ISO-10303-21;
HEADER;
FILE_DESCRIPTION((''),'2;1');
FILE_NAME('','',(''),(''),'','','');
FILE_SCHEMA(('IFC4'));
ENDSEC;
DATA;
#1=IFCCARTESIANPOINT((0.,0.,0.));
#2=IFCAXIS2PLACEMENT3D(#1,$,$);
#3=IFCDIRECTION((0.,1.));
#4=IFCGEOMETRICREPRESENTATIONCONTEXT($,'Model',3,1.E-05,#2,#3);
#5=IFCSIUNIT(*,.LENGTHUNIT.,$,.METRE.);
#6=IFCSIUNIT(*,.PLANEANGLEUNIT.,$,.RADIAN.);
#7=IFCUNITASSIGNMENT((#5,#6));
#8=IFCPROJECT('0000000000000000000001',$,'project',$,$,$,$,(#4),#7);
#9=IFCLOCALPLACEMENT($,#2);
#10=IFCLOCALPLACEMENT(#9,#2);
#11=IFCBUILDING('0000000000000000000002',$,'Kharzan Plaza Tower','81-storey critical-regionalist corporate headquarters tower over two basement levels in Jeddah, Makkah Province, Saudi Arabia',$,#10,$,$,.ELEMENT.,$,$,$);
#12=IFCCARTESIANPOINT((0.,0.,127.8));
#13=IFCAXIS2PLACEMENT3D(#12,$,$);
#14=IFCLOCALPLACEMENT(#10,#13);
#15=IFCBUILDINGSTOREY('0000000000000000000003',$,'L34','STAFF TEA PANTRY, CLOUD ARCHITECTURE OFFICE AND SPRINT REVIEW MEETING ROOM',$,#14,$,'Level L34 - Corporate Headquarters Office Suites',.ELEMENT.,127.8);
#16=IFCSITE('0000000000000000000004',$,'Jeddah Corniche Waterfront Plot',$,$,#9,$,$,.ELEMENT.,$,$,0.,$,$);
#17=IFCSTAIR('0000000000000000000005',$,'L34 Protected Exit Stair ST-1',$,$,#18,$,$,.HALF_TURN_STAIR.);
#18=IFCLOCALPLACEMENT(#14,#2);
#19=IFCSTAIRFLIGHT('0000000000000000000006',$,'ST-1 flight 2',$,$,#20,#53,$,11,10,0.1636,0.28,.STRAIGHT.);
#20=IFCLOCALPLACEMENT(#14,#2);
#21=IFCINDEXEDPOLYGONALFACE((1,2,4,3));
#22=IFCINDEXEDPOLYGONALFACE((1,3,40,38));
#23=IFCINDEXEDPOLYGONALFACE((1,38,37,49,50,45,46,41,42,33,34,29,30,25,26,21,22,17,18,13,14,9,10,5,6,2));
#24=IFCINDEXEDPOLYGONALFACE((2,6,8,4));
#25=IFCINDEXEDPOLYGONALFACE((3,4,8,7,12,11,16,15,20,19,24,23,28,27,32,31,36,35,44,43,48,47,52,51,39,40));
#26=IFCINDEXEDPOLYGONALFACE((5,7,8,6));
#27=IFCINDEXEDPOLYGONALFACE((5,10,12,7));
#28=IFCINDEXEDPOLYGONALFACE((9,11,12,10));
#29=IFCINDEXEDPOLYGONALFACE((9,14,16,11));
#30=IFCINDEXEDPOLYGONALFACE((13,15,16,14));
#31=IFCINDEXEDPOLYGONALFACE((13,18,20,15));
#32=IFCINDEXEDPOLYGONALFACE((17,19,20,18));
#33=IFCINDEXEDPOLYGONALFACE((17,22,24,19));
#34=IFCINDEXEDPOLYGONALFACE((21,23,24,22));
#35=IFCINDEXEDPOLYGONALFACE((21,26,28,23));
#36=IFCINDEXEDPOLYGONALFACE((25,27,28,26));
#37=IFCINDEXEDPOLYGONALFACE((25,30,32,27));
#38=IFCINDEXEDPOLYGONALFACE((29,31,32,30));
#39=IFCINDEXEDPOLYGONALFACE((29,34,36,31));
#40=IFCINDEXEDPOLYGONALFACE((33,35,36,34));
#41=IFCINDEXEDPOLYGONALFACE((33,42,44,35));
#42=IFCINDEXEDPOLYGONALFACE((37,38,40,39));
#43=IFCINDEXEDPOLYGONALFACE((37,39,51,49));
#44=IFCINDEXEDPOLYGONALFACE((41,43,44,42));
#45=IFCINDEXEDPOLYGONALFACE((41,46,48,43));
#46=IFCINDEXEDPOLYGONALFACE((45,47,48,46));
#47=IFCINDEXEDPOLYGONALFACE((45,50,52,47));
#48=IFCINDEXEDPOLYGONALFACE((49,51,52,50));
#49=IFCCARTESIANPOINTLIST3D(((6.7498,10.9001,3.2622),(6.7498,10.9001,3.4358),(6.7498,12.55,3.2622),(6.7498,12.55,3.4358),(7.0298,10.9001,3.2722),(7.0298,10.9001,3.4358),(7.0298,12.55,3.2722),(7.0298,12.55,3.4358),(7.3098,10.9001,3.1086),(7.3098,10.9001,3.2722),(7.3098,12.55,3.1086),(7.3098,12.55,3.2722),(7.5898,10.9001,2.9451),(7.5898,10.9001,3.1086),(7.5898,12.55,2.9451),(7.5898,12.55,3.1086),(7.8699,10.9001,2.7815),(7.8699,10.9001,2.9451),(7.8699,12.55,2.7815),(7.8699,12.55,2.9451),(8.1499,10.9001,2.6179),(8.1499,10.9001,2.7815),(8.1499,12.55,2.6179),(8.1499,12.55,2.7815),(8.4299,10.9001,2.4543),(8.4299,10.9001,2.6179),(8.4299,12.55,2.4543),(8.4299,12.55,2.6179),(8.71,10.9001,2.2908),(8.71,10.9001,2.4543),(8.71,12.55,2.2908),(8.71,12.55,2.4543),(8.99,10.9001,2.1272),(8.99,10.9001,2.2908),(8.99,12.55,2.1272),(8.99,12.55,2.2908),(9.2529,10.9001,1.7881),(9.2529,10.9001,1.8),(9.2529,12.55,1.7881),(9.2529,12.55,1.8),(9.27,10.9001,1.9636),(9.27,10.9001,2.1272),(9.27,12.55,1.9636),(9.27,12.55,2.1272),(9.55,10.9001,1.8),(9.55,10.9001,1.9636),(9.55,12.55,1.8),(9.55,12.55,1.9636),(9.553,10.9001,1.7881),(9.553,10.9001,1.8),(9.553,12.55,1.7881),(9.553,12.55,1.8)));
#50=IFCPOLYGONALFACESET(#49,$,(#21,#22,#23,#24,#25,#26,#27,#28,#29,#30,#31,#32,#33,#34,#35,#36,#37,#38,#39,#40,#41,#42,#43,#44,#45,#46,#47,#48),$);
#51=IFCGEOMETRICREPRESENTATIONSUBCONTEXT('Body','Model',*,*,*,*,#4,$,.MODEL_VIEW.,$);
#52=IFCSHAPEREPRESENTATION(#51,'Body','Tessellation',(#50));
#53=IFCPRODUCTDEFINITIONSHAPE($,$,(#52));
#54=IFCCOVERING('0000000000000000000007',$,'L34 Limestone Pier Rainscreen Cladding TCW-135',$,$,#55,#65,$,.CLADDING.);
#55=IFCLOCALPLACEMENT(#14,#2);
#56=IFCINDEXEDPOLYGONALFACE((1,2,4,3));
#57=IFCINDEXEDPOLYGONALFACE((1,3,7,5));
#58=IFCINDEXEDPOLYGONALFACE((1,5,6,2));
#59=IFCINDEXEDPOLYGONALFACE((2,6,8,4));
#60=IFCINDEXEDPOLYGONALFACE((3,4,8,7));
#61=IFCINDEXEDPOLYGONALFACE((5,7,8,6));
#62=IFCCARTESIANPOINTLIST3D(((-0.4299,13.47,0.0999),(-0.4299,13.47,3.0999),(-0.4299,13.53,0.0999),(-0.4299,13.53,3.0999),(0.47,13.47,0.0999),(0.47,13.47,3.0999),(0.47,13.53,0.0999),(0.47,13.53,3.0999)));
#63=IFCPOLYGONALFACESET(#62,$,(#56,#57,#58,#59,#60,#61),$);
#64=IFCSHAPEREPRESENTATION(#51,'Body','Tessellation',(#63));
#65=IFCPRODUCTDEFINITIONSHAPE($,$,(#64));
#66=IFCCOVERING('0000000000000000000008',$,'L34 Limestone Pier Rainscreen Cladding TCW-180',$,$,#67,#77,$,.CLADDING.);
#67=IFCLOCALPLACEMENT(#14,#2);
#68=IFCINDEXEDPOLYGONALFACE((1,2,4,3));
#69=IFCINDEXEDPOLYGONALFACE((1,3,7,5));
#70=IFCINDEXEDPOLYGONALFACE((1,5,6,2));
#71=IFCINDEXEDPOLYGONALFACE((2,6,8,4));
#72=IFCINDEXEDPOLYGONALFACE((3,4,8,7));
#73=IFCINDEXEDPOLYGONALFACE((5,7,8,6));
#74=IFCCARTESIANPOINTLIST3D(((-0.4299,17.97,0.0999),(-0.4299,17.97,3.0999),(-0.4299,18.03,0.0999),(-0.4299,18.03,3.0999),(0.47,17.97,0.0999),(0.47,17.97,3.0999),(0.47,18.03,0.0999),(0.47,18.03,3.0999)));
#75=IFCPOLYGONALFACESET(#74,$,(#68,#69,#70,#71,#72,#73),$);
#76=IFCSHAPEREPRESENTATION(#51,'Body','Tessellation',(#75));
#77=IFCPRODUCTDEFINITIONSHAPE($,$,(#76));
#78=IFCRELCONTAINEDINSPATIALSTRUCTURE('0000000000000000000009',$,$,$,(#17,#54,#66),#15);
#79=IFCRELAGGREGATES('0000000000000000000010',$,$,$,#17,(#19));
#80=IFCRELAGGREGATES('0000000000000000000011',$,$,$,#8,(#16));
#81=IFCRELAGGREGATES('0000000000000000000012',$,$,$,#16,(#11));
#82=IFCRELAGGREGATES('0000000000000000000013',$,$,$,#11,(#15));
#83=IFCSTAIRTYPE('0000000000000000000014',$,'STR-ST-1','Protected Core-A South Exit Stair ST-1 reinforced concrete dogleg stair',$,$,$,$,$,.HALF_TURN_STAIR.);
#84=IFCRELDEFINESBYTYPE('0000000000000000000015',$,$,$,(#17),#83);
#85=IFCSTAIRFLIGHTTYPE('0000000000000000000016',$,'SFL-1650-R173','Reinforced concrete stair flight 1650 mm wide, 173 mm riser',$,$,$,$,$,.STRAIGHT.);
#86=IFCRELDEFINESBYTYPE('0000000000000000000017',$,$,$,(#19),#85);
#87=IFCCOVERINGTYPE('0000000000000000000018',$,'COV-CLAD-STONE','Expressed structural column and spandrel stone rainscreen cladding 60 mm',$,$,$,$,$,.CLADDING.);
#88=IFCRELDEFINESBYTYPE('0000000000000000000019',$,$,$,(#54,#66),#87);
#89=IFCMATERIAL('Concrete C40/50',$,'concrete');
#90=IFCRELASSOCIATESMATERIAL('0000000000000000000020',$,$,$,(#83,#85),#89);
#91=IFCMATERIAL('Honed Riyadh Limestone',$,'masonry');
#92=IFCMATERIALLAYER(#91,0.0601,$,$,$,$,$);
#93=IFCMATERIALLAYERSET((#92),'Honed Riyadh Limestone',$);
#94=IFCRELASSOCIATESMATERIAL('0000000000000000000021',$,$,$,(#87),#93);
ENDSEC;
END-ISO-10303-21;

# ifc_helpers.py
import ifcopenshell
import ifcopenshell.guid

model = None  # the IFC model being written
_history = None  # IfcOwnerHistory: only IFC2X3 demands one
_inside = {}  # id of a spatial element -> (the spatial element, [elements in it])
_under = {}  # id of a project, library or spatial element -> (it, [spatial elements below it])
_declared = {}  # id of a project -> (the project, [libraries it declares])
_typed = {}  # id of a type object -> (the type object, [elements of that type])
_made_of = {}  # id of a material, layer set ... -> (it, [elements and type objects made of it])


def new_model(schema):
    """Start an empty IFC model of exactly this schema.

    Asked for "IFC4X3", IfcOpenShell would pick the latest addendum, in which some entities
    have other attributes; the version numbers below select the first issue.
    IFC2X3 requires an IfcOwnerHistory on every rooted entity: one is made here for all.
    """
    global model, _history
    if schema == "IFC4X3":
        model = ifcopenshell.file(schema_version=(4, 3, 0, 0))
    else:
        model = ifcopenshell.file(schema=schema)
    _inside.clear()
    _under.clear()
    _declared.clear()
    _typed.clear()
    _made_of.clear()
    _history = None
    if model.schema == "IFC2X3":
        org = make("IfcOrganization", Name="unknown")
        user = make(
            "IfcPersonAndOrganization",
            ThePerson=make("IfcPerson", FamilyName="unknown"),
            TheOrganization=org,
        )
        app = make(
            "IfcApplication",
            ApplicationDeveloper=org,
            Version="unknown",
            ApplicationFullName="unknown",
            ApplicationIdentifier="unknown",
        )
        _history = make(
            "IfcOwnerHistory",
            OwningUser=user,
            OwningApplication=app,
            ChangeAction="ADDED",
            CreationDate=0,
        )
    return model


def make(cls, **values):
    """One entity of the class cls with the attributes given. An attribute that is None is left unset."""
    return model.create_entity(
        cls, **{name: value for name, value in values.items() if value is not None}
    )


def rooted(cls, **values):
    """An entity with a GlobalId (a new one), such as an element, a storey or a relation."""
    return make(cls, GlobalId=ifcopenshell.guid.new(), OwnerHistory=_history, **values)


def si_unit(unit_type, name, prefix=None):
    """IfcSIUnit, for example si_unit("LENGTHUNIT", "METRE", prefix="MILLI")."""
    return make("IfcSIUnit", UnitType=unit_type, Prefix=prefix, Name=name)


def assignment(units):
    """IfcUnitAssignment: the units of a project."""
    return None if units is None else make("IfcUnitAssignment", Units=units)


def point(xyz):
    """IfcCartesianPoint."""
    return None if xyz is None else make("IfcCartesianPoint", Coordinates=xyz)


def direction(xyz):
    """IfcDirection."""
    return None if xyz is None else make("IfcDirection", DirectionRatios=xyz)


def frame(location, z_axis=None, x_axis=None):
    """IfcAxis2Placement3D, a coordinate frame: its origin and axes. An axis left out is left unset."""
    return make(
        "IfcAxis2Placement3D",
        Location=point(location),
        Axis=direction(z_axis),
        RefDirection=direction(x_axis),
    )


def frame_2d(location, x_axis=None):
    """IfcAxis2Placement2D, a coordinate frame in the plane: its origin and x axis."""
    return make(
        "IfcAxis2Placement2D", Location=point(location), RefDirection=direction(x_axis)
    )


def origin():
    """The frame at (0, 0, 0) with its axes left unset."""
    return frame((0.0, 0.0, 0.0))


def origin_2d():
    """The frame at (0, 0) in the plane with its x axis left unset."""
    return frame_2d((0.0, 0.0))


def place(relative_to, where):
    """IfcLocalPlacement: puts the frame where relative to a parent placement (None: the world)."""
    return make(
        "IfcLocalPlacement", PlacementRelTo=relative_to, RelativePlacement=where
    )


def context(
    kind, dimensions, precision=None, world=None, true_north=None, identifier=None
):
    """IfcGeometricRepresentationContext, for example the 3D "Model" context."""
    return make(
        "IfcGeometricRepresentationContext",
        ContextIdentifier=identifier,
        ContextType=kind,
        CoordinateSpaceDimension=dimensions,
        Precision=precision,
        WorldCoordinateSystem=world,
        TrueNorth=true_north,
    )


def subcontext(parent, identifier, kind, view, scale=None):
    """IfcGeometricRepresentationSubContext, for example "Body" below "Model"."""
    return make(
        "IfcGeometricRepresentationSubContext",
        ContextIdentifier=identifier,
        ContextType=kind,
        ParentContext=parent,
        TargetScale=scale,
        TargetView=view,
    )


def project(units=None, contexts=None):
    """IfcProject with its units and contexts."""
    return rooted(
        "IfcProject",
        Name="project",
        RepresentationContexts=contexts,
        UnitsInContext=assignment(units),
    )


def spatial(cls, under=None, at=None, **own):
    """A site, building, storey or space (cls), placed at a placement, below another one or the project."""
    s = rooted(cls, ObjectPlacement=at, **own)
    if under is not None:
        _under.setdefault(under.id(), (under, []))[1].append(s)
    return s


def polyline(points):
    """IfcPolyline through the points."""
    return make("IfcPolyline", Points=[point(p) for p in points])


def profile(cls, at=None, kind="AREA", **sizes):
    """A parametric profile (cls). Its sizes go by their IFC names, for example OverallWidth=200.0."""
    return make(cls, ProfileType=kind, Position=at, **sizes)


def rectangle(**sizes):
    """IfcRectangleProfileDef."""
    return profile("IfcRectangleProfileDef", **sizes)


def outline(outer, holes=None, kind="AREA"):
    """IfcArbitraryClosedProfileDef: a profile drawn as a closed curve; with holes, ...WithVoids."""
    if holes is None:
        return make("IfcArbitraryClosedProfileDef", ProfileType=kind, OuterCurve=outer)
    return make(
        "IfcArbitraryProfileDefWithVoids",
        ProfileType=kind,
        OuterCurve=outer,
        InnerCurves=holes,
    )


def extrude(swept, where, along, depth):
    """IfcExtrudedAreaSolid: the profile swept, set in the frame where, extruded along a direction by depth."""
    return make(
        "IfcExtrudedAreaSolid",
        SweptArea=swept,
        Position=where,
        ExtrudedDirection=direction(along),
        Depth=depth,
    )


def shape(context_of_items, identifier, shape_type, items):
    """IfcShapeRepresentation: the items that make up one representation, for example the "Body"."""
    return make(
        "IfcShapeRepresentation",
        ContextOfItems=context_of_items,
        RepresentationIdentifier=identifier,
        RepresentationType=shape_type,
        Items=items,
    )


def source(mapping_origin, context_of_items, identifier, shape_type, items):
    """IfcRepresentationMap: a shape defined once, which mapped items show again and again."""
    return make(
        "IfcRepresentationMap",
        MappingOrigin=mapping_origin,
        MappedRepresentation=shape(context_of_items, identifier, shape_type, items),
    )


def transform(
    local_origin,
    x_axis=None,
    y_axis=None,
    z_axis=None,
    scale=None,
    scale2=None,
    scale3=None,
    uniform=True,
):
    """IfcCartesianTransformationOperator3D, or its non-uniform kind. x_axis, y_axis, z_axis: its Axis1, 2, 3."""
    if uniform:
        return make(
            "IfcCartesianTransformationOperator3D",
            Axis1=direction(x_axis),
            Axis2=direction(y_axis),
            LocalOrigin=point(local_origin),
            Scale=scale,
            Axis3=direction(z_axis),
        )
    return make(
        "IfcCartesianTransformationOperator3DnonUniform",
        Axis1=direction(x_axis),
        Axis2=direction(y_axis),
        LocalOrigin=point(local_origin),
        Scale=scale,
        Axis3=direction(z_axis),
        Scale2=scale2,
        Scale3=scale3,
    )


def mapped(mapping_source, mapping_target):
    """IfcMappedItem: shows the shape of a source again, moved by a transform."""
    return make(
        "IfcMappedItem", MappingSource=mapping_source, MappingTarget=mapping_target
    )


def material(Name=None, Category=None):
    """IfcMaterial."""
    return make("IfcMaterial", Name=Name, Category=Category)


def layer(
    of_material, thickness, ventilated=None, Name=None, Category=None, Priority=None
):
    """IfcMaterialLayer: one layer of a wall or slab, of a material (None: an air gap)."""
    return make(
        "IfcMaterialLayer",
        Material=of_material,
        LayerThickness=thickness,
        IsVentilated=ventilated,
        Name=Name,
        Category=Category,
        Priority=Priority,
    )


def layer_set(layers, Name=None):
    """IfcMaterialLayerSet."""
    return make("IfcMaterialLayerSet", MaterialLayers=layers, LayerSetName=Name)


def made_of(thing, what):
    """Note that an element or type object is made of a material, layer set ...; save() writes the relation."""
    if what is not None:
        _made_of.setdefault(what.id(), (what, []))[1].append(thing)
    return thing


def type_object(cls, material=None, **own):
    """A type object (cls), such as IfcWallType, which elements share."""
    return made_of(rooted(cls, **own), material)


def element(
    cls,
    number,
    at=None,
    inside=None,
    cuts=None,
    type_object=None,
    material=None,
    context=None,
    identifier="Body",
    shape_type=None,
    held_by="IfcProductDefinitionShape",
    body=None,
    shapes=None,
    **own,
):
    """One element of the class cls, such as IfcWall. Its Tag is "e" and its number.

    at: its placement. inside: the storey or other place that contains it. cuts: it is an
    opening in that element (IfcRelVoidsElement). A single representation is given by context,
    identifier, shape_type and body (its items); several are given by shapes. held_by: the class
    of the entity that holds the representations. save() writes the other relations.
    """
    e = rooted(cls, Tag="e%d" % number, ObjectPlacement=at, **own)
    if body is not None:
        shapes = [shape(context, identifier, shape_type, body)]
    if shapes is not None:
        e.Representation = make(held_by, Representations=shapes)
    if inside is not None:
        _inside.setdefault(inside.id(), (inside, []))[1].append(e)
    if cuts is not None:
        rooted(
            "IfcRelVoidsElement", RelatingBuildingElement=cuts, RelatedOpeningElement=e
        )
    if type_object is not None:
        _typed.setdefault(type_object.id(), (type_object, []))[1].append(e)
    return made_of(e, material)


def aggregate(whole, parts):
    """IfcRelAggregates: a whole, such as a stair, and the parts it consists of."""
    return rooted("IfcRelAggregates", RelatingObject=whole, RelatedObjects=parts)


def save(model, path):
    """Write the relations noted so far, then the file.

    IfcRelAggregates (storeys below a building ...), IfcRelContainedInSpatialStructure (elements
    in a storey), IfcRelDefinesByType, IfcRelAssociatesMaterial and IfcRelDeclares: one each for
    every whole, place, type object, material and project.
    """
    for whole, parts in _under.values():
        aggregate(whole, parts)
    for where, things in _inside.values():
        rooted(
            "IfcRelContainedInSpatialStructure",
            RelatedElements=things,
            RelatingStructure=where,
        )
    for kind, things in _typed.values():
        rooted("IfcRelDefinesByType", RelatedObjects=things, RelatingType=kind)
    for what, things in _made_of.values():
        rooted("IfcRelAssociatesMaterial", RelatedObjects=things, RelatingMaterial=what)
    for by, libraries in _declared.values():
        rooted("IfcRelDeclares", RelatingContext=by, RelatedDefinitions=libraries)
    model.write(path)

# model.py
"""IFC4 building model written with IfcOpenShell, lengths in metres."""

from ifc_helpers import new_model, si_unit, direction, frame, origin, origin_2d, place, context, subcontext, project, spatial, polyline, rectangle, outline, extrude, source, transform, mapped, material, layer, layer_set, type_object, element, aggregate, save


model = new_model("IFC4")

# Units and contexts
model_context = context("Model", 3, precision=1e-05, world=origin(), true_north=direction((0.0, 1.0)))
body_context = subcontext(model_context, "Body", "Model", "MODEL_VIEW")
ifc_project = project(units=[si_unit("LENGTHUNIT", "METRE"), si_unit("PLANEANGLEUNIT", "RADIAN")], contexts=[model_context])

# Site, building, storey
site_placement = place(None, origin())
site = spatial("IfcSite", under=ifc_project, at=site_placement, Name="Jeddah Corniche Waterfront Plot", CompositionType="ELEMENT", RefElevation=0.0)
building_placement = place(site_placement, origin())
building = spatial("IfcBuilding", under=site, at=building_placement, Name="Kharzan Plaza Tower", Description="81-storey critical-regionalist corporate headquarters tower over two basement levels in Jeddah, Makkah Province, Saudi Arabia", CompositionType="ELEMENT")
storey_placement = place(building_placement, frame((0.0, 0.0, 127.8)))
storey = spatial("IfcBuildingStorey", under=building, at=storey_placement, Name="L34", Description="STAFF TEA PANTRY, CLOUD ARCHITECTURE OFFICE AND SPRINT REVIEW MEETING ROOM", LongName="Level L34 - Corporate Headquarters Office Suites", CompositionType="ELEMENT", Elevation=127.8)

# Shared definitions
ifc_material_1 = material(Name="Concrete C40/50", Category="concrete")

# Stair, stair flight
stair_type = type_object("IfcStairType", Name="STR-ST-1", Description="Protected Core-A South Exit Stair ST-1 reinforced concrete dogleg stair", PredefinedType="HALF_TURN_STAIR", material=ifc_material_1)
stair_placement = place(storey_placement, origin())
stair = element("IfcStair", 1, at=stair_placement, inside=storey, type_object=stair_type, Name="L34 Protected Exit Stair ST-1", PredefinedType="HALF_TURN_STAIR")
stair_flight_type = type_object("IfcStairFlightType", Name="SFL-1650-R173", Description="Reinforced concrete stair flight 1650 mm wide, 173 mm riser", PredefinedType="STRAIGHT", material=ifc_material_1)
shared_shape_1 = source(origin(), body_context, "Body", "SweptSolid", [
    extrude(outline(polyline([(-0.0029, -0.012), (-0.0029, 0.0), (0.0, 0.0), (0.0, 0.1636), (0.28, 0.1636), (0.28, 0.3271), (0.5601, 0.3271), (0.5601, 0.4907), (0.8401, 0.4907), (0.8401, 0.6543), (1.1201, 0.6543), (1.1201, 0.8179), (1.4001, 0.8179), (1.4001, 0.9814), (1.6802, 0.9814), (1.6802, 1.145), (1.9602, 1.145), (1.9602, 1.3086), (2.2402, 1.3086), (2.2402, 1.4722), (2.5203, 1.4722), (2.5203, 1.6357), (2.8003, 1.6357), (2.8003, 1.7993), (2.8003, 1.4622), (0.2971, 0.0), (0.2971, -0.012), (-0.0029, -0.012)])), frame((0.0, 0.825, 0.0), z_axis=(0.0, -1.0, 0.0), x_axis=(1.0, 0.0, 0.0)), (0.0, 0.0, 1.0), 1.6499),
])
stair_flight_placement = place(storey_placement, frame((9.55, 11.7251, 1.8), z_axis=(0.0, 0.0, 1.0), x_axis=(-1.0, 0.0, 0.0)))
stair_flight = element("IfcStairFlight", 2, at=stair_flight_placement, type_object=stair_flight_type, Name="ST-1 flight 2", NumberOfRisers=11, NumberOfTreads=10, PredefinedType="STRAIGHT", RiserHeight=0.1636, TreadLength=0.28, context=body_context, shape_type="MappedRepresentation", body=[
    mapped(shared_shape_1, transform((0.0, 0.0, 0.0), x_axis=(1.0, 0.0, 0.0), y_axis=(0.0, 1.0, 0.0), z_axis=(0.0, 0.0, 1.0))),
])
aggregate(stair, [stair_flight])

# Coverings
ifc_material_2 = material(Name="Honed Riyadh Limestone", Category="masonry")
ifc_layer_1 = layer(ifc_material_2, 0.0601)
ifc_layer_set_1 = layer_set([ifc_layer_1], Name="Honed Riyadh Limestone")
covering_type = type_object("IfcCoveringType", Name="COV-CLAD-STONE", Description="Expressed structural column and spandrel stone rainscreen cladding 60 mm", PredefinedType="CLADDING", material=ifc_layer_set_1)
shared_shape_2 = source(origin(), body_context, "Body", "SweptSolid", [
    extrude(rectangle(XDim=0.0601, YDim=0.8999, at=origin_2d()), origin(), (0.0, 0.0, 1.0), 3.0),
])
for number, where, z_axis, x_axis, name in (
    (3, (0.02, 13.5, 0.0999), (0.0, 0.0, 1.0), (0.0, 1.0, 0.0), "L34 Limestone Pier Rainscreen Cladding TCW-135"),
    (4, (0.02, 18.0, 0.0999), (0.0, 0.0, 1.0), (0.0, 1.0, 0.0), "L34 Limestone Pier Rainscreen Cladding TCW-180"),
):
    element("IfcCovering", number, at=place(storey_placement, frame(where, z_axis=z_axis, x_axis=x_axis)), inside=storey, type_object=covering_type, Name=name, PredefinedType="CLADDING", context=body_context, shape_type="MappedRepresentation", body=[
        mapped(shared_shape_2, transform((0.0, 0.0, 0.0), x_axis=(1.0, 0.0, 0.0), y_axis=(0.0, 1.0, 0.0), z_axis=(0.0, 0.0, 1.0))),
    ])

save(model, "model.ifc")
